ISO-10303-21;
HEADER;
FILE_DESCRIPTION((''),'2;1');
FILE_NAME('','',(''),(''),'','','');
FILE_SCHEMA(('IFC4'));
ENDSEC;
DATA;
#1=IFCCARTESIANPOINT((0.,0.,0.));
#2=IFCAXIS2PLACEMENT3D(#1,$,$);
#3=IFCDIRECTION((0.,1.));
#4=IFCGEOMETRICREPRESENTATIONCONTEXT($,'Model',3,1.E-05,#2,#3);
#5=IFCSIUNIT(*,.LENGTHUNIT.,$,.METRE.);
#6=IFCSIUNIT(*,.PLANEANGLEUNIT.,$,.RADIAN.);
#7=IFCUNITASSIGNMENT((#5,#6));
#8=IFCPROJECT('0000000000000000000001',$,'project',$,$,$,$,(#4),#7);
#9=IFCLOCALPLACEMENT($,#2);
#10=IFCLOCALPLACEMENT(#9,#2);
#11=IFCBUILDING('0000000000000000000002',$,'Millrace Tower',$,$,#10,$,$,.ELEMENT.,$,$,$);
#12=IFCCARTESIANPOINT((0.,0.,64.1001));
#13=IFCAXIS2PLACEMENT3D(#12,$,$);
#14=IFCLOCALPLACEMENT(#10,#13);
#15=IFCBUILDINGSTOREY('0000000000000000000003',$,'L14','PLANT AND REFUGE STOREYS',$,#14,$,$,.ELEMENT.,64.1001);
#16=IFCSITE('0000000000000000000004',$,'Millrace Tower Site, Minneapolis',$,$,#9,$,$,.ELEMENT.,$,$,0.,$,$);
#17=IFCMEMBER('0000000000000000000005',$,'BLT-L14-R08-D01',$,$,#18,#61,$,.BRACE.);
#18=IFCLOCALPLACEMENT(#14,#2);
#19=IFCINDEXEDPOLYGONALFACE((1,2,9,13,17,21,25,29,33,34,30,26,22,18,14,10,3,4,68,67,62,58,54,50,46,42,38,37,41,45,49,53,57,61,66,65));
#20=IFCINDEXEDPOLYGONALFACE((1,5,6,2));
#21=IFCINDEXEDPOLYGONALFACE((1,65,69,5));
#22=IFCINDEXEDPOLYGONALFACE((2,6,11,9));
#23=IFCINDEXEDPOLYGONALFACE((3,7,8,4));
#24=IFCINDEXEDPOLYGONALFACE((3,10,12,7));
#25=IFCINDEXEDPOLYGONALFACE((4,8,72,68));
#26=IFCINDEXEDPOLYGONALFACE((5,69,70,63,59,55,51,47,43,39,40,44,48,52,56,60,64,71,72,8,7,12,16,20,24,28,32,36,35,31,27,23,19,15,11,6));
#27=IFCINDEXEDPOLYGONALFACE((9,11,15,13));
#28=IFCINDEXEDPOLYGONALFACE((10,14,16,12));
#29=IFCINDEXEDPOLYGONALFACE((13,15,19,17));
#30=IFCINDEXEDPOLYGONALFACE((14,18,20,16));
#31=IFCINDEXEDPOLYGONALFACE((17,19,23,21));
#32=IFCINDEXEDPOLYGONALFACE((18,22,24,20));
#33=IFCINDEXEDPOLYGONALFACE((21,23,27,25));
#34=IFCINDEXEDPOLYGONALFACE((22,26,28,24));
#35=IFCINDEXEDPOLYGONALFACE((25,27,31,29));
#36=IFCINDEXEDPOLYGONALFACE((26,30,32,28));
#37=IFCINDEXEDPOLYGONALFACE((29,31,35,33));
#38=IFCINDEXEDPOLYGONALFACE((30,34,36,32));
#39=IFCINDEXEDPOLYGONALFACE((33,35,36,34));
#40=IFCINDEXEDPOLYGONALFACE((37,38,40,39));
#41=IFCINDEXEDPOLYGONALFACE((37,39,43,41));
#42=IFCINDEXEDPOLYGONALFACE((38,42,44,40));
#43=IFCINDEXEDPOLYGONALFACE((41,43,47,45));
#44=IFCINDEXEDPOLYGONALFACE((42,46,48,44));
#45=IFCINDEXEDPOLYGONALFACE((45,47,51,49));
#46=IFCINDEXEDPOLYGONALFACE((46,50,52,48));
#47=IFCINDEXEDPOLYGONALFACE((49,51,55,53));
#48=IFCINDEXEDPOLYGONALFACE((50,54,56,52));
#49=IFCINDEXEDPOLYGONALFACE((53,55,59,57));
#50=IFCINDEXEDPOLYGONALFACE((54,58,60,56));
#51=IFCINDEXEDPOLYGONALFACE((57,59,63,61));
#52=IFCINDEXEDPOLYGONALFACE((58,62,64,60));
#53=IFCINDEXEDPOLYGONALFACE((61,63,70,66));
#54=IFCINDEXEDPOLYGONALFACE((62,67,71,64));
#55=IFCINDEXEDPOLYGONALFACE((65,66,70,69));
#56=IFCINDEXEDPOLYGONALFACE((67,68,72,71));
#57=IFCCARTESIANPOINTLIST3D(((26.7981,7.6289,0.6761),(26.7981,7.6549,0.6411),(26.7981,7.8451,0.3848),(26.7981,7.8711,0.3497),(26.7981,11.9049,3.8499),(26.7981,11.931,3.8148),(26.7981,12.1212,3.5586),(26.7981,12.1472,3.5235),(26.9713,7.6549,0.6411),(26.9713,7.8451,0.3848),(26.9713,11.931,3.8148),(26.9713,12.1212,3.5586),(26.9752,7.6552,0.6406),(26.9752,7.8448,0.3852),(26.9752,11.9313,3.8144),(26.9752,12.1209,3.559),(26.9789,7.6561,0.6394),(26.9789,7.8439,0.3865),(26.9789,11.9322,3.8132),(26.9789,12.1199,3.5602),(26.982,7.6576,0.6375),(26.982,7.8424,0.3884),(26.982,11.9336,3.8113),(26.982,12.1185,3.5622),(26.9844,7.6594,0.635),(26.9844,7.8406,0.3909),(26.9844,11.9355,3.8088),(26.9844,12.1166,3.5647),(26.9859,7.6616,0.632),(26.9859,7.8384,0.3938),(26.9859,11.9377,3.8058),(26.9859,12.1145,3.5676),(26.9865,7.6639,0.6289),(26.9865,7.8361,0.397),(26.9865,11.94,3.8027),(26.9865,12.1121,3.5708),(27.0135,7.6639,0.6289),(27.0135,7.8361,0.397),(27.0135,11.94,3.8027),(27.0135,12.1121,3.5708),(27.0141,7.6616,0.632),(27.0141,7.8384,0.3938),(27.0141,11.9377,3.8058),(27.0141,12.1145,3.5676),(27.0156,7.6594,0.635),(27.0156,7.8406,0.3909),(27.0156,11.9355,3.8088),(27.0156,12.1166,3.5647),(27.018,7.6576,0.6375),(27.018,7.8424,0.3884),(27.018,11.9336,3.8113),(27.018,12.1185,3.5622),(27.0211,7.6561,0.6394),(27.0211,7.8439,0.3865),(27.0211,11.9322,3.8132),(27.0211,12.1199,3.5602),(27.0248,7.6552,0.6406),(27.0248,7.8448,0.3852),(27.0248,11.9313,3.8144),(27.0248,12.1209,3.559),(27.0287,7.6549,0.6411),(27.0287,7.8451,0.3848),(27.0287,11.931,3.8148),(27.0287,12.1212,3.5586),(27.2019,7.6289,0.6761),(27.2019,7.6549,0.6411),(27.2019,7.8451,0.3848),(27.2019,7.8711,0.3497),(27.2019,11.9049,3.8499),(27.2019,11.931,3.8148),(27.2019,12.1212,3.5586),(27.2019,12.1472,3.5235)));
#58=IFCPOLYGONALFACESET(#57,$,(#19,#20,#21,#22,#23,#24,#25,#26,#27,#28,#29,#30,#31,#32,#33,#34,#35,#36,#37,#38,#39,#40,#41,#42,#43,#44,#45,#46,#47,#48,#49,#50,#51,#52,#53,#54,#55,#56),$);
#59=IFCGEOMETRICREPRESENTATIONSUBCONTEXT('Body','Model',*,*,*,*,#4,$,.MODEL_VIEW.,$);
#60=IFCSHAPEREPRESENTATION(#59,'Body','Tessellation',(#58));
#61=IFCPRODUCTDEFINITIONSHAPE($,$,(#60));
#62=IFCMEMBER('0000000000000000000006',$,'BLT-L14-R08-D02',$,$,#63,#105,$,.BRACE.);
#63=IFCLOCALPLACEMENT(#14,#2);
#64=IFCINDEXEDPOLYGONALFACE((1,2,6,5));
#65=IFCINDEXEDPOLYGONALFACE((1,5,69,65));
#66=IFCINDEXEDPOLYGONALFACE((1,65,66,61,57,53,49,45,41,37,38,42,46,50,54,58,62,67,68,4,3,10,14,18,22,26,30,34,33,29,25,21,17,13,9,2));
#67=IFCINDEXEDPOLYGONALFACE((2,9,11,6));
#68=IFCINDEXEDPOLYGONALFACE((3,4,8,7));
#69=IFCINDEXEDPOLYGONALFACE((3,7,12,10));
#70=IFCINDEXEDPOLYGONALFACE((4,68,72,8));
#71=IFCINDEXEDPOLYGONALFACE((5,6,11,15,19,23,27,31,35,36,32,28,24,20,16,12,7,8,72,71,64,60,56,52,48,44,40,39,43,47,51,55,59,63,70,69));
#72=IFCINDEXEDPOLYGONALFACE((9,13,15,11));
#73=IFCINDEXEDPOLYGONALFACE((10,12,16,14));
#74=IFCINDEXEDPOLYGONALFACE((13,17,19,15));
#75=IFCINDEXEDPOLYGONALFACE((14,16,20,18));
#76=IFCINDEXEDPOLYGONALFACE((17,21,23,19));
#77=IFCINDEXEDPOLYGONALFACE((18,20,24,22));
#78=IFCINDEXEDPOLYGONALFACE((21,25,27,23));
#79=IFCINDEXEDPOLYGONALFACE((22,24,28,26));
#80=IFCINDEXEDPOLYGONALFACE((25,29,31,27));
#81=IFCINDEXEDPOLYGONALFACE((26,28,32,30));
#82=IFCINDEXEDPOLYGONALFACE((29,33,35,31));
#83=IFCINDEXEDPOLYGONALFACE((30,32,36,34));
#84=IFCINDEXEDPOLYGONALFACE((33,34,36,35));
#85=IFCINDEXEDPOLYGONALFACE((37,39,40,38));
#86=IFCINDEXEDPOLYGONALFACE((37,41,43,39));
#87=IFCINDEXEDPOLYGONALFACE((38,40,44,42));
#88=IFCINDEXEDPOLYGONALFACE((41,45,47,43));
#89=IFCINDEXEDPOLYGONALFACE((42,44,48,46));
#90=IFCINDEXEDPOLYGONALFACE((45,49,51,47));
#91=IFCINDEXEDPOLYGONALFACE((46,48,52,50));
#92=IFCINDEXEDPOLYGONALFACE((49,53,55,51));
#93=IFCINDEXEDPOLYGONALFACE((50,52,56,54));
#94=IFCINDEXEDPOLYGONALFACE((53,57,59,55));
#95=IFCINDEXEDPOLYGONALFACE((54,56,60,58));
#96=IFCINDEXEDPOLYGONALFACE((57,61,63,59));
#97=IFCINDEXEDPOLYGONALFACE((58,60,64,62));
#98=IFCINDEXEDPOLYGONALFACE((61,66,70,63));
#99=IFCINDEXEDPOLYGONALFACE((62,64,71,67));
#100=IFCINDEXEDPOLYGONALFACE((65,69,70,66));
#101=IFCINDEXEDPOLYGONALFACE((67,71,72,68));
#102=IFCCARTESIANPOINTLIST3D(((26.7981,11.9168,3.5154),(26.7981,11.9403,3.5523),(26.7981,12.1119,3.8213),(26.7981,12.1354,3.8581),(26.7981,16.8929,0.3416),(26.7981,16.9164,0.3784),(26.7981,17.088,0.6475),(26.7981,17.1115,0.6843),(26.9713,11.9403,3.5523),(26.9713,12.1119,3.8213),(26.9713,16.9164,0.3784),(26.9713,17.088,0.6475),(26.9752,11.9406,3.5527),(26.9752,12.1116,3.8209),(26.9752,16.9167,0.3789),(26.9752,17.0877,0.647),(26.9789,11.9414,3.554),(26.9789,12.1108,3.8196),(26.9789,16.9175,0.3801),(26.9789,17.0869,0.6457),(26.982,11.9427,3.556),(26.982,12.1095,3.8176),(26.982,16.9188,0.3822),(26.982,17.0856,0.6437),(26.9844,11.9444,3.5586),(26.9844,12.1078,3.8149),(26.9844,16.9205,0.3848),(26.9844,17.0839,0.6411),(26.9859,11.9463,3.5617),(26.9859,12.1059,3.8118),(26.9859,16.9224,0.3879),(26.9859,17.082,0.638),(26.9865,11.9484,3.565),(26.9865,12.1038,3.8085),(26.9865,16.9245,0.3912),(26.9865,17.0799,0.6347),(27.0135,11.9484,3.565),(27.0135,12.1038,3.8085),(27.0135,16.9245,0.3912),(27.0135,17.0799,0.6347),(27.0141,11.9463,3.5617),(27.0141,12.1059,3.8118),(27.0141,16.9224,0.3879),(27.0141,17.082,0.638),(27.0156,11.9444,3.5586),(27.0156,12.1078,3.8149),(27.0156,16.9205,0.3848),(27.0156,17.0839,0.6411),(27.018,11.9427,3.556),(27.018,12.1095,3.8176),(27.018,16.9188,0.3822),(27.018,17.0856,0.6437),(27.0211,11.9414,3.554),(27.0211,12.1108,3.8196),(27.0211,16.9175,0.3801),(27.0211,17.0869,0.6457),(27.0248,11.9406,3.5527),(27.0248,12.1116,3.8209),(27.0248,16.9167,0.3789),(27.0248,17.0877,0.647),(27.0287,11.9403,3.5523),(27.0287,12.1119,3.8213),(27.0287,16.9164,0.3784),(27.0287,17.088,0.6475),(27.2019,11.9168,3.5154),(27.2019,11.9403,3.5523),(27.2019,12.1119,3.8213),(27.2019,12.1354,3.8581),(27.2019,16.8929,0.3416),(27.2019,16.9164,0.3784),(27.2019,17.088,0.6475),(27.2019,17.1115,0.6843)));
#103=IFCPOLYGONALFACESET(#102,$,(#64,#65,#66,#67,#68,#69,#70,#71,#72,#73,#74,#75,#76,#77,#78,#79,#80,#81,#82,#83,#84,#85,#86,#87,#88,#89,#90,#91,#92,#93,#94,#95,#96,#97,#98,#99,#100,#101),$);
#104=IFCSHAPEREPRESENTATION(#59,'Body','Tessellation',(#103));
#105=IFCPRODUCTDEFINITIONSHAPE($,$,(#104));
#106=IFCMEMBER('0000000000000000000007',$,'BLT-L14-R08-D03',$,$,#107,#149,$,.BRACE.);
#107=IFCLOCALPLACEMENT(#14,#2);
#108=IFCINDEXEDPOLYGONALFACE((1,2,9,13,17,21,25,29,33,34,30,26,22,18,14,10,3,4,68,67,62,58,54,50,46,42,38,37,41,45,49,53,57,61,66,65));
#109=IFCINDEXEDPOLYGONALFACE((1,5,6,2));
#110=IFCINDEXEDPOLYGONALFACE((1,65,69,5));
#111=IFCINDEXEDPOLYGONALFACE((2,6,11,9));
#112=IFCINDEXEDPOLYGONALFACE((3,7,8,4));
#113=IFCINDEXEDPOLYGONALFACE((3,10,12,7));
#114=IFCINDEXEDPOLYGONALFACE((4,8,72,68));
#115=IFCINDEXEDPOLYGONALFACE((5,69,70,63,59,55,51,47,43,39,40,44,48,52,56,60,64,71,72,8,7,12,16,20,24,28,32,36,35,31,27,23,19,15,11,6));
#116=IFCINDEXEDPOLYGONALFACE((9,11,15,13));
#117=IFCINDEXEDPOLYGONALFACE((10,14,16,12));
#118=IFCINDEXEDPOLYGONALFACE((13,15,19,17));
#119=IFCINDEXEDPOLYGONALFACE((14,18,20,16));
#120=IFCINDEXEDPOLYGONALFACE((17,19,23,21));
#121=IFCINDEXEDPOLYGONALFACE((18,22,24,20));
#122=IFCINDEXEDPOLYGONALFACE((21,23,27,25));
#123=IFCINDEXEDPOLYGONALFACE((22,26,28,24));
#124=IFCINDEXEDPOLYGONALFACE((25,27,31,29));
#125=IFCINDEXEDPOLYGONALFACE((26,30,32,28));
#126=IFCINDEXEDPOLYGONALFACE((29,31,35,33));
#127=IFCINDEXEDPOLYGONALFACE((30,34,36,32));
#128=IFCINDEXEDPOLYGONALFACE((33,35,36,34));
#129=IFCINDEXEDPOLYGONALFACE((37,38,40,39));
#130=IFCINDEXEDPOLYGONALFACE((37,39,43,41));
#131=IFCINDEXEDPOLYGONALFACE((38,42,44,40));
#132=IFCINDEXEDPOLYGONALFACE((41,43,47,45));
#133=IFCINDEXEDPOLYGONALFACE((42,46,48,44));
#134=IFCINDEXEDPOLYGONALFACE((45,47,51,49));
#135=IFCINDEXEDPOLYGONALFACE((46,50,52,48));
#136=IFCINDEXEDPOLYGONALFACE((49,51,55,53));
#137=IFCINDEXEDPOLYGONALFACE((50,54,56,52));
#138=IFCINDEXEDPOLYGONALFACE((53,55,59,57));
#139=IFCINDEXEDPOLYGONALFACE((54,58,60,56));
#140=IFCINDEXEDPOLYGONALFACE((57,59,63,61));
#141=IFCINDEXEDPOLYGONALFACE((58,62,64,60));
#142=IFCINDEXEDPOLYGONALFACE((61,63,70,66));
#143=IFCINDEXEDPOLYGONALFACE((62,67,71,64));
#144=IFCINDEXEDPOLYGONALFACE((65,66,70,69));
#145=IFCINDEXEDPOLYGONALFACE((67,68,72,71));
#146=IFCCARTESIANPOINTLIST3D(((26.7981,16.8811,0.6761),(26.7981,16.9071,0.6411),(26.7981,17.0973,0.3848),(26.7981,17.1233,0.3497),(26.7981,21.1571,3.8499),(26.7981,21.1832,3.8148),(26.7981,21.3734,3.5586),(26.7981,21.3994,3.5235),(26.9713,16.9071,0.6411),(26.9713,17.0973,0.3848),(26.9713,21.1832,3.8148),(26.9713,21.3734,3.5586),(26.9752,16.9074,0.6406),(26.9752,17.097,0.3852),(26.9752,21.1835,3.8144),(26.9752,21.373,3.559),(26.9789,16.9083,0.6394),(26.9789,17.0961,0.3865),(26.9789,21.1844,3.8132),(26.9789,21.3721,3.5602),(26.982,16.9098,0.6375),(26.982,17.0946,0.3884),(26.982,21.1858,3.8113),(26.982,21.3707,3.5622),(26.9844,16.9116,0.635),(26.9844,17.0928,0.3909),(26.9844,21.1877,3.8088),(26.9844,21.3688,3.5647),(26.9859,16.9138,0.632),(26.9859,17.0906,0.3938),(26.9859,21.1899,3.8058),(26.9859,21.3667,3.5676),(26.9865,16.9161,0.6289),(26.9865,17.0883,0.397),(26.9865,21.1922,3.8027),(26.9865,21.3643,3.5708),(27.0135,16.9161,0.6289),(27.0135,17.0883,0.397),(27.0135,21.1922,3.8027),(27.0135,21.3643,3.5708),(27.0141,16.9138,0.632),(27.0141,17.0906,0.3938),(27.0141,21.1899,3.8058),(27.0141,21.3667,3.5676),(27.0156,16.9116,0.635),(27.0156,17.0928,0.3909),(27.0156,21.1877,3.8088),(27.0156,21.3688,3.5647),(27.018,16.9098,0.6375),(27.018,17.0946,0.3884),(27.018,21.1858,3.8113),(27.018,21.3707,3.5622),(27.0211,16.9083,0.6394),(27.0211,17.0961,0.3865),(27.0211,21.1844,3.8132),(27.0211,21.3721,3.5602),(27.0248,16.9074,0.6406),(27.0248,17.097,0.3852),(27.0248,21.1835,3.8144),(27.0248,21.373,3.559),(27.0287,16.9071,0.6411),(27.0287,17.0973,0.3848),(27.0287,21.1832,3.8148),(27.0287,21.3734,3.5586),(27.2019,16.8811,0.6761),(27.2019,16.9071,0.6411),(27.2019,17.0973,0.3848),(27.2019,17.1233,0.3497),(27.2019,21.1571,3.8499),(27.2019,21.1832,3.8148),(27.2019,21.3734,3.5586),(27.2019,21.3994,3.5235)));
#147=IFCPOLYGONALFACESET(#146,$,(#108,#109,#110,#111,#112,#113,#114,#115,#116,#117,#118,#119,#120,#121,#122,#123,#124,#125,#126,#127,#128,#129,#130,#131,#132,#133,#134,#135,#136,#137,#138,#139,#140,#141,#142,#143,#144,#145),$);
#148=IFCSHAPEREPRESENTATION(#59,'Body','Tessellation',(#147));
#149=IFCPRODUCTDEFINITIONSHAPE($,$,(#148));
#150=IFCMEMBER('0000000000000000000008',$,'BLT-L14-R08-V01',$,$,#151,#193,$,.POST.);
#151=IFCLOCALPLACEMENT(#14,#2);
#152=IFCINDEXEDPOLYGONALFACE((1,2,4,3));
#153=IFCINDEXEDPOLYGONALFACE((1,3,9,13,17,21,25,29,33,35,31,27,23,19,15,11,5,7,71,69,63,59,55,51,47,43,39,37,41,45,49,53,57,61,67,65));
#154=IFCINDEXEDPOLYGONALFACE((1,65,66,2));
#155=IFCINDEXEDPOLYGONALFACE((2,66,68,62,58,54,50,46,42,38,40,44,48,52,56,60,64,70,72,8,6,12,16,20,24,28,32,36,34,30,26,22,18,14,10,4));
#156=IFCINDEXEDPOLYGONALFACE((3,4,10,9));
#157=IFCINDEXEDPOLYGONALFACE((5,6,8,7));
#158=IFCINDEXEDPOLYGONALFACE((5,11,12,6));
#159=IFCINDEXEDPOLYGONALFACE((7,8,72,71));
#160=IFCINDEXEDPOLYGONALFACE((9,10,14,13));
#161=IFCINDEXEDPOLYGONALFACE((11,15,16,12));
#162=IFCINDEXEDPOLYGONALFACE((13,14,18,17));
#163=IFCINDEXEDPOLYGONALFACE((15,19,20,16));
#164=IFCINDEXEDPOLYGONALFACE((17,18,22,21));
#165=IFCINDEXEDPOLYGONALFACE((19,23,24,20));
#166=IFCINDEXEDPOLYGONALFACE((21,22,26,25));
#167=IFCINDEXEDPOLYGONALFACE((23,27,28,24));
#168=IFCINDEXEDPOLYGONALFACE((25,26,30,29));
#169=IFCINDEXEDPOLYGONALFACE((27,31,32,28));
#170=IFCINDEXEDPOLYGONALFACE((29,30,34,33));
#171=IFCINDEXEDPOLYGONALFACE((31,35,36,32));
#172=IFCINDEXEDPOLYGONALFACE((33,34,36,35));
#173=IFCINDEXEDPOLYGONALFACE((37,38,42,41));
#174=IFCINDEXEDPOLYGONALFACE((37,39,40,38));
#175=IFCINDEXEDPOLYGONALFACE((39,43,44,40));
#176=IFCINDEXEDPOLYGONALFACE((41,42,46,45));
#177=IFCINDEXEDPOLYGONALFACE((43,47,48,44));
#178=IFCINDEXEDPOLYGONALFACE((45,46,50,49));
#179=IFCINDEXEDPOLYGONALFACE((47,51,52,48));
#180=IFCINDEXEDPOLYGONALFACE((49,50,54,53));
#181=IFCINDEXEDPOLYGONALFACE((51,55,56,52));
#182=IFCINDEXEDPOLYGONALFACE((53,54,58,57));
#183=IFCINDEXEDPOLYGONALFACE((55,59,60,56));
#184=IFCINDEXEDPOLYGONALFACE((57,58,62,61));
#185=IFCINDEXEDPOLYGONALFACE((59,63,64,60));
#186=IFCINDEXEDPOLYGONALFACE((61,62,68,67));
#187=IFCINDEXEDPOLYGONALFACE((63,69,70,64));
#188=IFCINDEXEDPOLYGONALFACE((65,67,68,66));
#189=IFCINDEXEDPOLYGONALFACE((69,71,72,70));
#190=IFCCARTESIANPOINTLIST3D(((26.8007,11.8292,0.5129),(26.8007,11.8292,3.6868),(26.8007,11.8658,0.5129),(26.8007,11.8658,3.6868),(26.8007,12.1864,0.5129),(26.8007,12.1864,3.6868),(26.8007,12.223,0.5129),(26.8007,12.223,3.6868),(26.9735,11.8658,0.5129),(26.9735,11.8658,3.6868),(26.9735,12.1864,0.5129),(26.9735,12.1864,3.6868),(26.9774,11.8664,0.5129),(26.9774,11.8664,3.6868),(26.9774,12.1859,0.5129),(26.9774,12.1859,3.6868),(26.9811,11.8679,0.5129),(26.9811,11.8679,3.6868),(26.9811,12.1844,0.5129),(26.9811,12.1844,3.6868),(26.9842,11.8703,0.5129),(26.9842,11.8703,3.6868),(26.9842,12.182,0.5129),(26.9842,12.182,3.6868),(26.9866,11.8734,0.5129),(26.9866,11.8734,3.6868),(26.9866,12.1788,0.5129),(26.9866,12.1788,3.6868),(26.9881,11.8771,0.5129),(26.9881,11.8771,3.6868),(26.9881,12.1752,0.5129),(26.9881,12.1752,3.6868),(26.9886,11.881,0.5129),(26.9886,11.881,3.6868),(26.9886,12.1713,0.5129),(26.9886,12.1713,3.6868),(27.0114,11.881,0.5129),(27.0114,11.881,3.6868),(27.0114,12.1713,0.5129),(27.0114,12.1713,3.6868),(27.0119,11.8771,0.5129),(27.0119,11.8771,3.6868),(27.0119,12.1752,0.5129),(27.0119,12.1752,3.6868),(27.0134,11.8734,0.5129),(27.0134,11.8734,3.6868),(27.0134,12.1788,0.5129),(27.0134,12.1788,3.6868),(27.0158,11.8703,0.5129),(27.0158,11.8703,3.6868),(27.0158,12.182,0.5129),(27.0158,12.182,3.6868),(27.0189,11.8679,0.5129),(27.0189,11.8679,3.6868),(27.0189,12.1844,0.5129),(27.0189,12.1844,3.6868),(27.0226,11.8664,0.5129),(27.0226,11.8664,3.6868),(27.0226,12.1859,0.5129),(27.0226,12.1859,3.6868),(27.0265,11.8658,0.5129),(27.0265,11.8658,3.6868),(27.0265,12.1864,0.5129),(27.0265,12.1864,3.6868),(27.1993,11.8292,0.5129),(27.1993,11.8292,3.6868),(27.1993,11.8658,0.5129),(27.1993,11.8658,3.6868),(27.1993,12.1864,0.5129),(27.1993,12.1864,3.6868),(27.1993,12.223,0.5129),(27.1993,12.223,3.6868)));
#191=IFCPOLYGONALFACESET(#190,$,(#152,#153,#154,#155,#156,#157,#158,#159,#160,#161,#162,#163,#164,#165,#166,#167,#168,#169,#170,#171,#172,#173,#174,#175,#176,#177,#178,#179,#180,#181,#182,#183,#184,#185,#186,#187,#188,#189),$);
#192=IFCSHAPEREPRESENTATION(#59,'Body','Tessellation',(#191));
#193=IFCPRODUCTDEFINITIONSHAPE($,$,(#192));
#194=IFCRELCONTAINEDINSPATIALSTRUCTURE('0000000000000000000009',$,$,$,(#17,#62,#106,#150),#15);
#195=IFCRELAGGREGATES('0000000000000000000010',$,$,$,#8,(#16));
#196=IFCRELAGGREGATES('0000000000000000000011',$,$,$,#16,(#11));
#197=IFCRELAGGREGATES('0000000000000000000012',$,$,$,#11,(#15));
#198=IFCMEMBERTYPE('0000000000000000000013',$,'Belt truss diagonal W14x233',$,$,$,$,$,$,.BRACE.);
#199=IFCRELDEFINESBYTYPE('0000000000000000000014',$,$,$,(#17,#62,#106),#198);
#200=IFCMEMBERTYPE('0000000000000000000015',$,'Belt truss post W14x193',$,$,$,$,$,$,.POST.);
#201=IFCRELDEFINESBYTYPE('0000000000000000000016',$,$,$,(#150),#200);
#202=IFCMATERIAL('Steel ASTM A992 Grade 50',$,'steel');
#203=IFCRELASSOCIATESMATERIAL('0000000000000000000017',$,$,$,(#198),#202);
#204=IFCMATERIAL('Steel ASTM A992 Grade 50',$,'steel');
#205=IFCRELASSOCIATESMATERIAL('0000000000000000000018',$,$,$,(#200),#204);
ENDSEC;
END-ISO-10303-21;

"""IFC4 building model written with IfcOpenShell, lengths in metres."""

from ifc_helpers import new_model, si_unit, direction, frame, origin, origin_2d, place, context, subcontext, project, spatial, i_section, extrude, material, material_profile, profile_set, type_object, element, save


model = new_model("IFC4")

# Units and contexts
model_context = context("Model", 3, precision=1e-05, world=origin(), true_north=direction((0.0, 1.0)))
body_context = subcontext(model_context, "Body", "Model", "MODEL_VIEW")
ifc_project = project(units=[si_unit("LENGTHUNIT", "METRE"), si_unit("PLANEANGLEUNIT", "RADIAN")], contexts=[model_context])

# Site, building, storey
site_placement = place(None, origin())
site = spatial("IfcSite", under=ifc_project, at=site_placement, Name="Millrace Tower Site, Minneapolis", CompositionType="ELEMENT", RefElevation=0.0)
building_placement = place(site_placement, origin())
building = spatial("IfcBuilding", under=site, at=building_placement, Name="Millrace Tower", CompositionType="ELEMENT")
storey_placement = place(building_placement, frame((0.0, 0.0, 64.1001)))
storey = spatial("IfcBuildingStorey", under=building, at=storey_placement, Name="L14", Description="PLANT AND REFUGE STOREYS", CompositionType="ELEMENT", Elevation=64.1001)

# Members
ifc_material_1 = material(Name="Steel ASTM A992 Grade 50", Category="steel")
ifc_material_profile_1 = material_profile(ifc_material_1, i_section(OverallWidth=0.4038, OverallDepth=0.4065, WebThickness=0.0271, FlangeThickness=0.0437, FilletRadius=0.0151, at=origin_2d()))
ifc_profile_set_1 = profile_set([ifc_material_profile_1], Name="Steel ASTM A992 Grade 50")
member_type_1 = type_object("IfcMemberType", Name="Belt truss diagonal W14x233", PredefinedType="BRACE", material=ifc_profile_set_1)
member_1_placement = place(storey_placement, frame((27.0, 7.75, 0.5129), z_axis=(0.0, 0.802988, 0.595995), x_axis=(-1.0, 0.0, 0.0)))
element("IfcMember", 1, at=member_1_placement, inside=storey, type_object=member_type_1, Name="BLT-L14-R08-D01", PredefinedType="BRACE", context=body_context, shape_type="SweptSolid", body=[
    extrude(i_section(OverallWidth=0.4038, OverallDepth=0.4065, WebThickness=0.0271, FlangeThickness=0.0437, FilletRadius=0.0151, at=origin_2d()), origin(), (0.0, 0.0, 1.0), 5.3252),
])
member_2_placement = place(storey_placement, frame((27.0, 17.0022, 0.5129), z_axis=(0.0, -0.843106, 0.537748), x_axis=(1.0, 0.0, 0.0)))
element("IfcMember", 2, at=member_2_placement, inside=storey, type_object=member_type_1, Name="BLT-L14-R08-D02", PredefinedType="BRACE", context=body_context, shape_type="SweptSolid", body=[
    extrude(i_section(OverallWidth=0.4038, OverallDepth=0.4065, WebThickness=0.0271, FlangeThickness=0.0437, FilletRadius=0.0151, at=origin_2d()), origin(), (0.0, 0.0, 1.0), 5.9021),
])
member_3_placement = place(storey_placement, frame((27.0, 17.0022, 0.5129), z_axis=(0.0, 0.802988, 0.595995), x_axis=(-1.0, 0.0, 0.0)))
element("IfcMember", 3, at=member_3_placement, inside=storey, type_object=member_type_1, Name="BLT-L14-R08-D03", PredefinedType="BRACE", context=body_context, shape_type="SweptSolid", body=[
    extrude(i_section(OverallWidth=0.4038, OverallDepth=0.4065, WebThickness=0.0271, FlangeThickness=0.0437, FilletRadius=0.0151, at=origin_2d()), origin(), (0.0, 0.0, 1.0), 5.3252),
])
ifc_material_2 = material(Name="Steel ASTM A992 Grade 50", Category="steel")
ifc_material_profile_2 = material_profile(ifc_material_2, i_section(OverallWidth=0.3987, OverallDepth=0.3938, WebThickness=0.0227, FlangeThickness=0.0366, FilletRadius=0.0151, at=origin_2d()))
ifc_profile_set_2 = profile_set([ifc_material_profile_2], Name="Steel ASTM A992 Grade 50")
member_type_2 = type_object("IfcMemberType", Name="Belt truss post W14x193", PredefinedType="POST", material=ifc_profile_set_2)
member_4_placement = place(storey_placement, frame((27.0, 12.0261, 0.5129), z_axis=(0.0, 0.0, 1.0), x_axis=(1.0, 0.0, 0.0)))
element("IfcMember", 4, at=member_4_placement, inside=storey, type_object=member_type_2, Name="BLT-L14-R08-V01", PredefinedType="POST", context=body_context, shape_type="SweptSolid", body=[
    extrude(i_section(OverallWidth=0.3987, OverallDepth=0.3938, WebThickness=0.0227, FlangeThickness=0.0366, FilletRadius=0.0151, at=origin_2d()), origin(), (0.0, 0.0, 1.0), 3.1738),
])

save(model, "model.ifc")
